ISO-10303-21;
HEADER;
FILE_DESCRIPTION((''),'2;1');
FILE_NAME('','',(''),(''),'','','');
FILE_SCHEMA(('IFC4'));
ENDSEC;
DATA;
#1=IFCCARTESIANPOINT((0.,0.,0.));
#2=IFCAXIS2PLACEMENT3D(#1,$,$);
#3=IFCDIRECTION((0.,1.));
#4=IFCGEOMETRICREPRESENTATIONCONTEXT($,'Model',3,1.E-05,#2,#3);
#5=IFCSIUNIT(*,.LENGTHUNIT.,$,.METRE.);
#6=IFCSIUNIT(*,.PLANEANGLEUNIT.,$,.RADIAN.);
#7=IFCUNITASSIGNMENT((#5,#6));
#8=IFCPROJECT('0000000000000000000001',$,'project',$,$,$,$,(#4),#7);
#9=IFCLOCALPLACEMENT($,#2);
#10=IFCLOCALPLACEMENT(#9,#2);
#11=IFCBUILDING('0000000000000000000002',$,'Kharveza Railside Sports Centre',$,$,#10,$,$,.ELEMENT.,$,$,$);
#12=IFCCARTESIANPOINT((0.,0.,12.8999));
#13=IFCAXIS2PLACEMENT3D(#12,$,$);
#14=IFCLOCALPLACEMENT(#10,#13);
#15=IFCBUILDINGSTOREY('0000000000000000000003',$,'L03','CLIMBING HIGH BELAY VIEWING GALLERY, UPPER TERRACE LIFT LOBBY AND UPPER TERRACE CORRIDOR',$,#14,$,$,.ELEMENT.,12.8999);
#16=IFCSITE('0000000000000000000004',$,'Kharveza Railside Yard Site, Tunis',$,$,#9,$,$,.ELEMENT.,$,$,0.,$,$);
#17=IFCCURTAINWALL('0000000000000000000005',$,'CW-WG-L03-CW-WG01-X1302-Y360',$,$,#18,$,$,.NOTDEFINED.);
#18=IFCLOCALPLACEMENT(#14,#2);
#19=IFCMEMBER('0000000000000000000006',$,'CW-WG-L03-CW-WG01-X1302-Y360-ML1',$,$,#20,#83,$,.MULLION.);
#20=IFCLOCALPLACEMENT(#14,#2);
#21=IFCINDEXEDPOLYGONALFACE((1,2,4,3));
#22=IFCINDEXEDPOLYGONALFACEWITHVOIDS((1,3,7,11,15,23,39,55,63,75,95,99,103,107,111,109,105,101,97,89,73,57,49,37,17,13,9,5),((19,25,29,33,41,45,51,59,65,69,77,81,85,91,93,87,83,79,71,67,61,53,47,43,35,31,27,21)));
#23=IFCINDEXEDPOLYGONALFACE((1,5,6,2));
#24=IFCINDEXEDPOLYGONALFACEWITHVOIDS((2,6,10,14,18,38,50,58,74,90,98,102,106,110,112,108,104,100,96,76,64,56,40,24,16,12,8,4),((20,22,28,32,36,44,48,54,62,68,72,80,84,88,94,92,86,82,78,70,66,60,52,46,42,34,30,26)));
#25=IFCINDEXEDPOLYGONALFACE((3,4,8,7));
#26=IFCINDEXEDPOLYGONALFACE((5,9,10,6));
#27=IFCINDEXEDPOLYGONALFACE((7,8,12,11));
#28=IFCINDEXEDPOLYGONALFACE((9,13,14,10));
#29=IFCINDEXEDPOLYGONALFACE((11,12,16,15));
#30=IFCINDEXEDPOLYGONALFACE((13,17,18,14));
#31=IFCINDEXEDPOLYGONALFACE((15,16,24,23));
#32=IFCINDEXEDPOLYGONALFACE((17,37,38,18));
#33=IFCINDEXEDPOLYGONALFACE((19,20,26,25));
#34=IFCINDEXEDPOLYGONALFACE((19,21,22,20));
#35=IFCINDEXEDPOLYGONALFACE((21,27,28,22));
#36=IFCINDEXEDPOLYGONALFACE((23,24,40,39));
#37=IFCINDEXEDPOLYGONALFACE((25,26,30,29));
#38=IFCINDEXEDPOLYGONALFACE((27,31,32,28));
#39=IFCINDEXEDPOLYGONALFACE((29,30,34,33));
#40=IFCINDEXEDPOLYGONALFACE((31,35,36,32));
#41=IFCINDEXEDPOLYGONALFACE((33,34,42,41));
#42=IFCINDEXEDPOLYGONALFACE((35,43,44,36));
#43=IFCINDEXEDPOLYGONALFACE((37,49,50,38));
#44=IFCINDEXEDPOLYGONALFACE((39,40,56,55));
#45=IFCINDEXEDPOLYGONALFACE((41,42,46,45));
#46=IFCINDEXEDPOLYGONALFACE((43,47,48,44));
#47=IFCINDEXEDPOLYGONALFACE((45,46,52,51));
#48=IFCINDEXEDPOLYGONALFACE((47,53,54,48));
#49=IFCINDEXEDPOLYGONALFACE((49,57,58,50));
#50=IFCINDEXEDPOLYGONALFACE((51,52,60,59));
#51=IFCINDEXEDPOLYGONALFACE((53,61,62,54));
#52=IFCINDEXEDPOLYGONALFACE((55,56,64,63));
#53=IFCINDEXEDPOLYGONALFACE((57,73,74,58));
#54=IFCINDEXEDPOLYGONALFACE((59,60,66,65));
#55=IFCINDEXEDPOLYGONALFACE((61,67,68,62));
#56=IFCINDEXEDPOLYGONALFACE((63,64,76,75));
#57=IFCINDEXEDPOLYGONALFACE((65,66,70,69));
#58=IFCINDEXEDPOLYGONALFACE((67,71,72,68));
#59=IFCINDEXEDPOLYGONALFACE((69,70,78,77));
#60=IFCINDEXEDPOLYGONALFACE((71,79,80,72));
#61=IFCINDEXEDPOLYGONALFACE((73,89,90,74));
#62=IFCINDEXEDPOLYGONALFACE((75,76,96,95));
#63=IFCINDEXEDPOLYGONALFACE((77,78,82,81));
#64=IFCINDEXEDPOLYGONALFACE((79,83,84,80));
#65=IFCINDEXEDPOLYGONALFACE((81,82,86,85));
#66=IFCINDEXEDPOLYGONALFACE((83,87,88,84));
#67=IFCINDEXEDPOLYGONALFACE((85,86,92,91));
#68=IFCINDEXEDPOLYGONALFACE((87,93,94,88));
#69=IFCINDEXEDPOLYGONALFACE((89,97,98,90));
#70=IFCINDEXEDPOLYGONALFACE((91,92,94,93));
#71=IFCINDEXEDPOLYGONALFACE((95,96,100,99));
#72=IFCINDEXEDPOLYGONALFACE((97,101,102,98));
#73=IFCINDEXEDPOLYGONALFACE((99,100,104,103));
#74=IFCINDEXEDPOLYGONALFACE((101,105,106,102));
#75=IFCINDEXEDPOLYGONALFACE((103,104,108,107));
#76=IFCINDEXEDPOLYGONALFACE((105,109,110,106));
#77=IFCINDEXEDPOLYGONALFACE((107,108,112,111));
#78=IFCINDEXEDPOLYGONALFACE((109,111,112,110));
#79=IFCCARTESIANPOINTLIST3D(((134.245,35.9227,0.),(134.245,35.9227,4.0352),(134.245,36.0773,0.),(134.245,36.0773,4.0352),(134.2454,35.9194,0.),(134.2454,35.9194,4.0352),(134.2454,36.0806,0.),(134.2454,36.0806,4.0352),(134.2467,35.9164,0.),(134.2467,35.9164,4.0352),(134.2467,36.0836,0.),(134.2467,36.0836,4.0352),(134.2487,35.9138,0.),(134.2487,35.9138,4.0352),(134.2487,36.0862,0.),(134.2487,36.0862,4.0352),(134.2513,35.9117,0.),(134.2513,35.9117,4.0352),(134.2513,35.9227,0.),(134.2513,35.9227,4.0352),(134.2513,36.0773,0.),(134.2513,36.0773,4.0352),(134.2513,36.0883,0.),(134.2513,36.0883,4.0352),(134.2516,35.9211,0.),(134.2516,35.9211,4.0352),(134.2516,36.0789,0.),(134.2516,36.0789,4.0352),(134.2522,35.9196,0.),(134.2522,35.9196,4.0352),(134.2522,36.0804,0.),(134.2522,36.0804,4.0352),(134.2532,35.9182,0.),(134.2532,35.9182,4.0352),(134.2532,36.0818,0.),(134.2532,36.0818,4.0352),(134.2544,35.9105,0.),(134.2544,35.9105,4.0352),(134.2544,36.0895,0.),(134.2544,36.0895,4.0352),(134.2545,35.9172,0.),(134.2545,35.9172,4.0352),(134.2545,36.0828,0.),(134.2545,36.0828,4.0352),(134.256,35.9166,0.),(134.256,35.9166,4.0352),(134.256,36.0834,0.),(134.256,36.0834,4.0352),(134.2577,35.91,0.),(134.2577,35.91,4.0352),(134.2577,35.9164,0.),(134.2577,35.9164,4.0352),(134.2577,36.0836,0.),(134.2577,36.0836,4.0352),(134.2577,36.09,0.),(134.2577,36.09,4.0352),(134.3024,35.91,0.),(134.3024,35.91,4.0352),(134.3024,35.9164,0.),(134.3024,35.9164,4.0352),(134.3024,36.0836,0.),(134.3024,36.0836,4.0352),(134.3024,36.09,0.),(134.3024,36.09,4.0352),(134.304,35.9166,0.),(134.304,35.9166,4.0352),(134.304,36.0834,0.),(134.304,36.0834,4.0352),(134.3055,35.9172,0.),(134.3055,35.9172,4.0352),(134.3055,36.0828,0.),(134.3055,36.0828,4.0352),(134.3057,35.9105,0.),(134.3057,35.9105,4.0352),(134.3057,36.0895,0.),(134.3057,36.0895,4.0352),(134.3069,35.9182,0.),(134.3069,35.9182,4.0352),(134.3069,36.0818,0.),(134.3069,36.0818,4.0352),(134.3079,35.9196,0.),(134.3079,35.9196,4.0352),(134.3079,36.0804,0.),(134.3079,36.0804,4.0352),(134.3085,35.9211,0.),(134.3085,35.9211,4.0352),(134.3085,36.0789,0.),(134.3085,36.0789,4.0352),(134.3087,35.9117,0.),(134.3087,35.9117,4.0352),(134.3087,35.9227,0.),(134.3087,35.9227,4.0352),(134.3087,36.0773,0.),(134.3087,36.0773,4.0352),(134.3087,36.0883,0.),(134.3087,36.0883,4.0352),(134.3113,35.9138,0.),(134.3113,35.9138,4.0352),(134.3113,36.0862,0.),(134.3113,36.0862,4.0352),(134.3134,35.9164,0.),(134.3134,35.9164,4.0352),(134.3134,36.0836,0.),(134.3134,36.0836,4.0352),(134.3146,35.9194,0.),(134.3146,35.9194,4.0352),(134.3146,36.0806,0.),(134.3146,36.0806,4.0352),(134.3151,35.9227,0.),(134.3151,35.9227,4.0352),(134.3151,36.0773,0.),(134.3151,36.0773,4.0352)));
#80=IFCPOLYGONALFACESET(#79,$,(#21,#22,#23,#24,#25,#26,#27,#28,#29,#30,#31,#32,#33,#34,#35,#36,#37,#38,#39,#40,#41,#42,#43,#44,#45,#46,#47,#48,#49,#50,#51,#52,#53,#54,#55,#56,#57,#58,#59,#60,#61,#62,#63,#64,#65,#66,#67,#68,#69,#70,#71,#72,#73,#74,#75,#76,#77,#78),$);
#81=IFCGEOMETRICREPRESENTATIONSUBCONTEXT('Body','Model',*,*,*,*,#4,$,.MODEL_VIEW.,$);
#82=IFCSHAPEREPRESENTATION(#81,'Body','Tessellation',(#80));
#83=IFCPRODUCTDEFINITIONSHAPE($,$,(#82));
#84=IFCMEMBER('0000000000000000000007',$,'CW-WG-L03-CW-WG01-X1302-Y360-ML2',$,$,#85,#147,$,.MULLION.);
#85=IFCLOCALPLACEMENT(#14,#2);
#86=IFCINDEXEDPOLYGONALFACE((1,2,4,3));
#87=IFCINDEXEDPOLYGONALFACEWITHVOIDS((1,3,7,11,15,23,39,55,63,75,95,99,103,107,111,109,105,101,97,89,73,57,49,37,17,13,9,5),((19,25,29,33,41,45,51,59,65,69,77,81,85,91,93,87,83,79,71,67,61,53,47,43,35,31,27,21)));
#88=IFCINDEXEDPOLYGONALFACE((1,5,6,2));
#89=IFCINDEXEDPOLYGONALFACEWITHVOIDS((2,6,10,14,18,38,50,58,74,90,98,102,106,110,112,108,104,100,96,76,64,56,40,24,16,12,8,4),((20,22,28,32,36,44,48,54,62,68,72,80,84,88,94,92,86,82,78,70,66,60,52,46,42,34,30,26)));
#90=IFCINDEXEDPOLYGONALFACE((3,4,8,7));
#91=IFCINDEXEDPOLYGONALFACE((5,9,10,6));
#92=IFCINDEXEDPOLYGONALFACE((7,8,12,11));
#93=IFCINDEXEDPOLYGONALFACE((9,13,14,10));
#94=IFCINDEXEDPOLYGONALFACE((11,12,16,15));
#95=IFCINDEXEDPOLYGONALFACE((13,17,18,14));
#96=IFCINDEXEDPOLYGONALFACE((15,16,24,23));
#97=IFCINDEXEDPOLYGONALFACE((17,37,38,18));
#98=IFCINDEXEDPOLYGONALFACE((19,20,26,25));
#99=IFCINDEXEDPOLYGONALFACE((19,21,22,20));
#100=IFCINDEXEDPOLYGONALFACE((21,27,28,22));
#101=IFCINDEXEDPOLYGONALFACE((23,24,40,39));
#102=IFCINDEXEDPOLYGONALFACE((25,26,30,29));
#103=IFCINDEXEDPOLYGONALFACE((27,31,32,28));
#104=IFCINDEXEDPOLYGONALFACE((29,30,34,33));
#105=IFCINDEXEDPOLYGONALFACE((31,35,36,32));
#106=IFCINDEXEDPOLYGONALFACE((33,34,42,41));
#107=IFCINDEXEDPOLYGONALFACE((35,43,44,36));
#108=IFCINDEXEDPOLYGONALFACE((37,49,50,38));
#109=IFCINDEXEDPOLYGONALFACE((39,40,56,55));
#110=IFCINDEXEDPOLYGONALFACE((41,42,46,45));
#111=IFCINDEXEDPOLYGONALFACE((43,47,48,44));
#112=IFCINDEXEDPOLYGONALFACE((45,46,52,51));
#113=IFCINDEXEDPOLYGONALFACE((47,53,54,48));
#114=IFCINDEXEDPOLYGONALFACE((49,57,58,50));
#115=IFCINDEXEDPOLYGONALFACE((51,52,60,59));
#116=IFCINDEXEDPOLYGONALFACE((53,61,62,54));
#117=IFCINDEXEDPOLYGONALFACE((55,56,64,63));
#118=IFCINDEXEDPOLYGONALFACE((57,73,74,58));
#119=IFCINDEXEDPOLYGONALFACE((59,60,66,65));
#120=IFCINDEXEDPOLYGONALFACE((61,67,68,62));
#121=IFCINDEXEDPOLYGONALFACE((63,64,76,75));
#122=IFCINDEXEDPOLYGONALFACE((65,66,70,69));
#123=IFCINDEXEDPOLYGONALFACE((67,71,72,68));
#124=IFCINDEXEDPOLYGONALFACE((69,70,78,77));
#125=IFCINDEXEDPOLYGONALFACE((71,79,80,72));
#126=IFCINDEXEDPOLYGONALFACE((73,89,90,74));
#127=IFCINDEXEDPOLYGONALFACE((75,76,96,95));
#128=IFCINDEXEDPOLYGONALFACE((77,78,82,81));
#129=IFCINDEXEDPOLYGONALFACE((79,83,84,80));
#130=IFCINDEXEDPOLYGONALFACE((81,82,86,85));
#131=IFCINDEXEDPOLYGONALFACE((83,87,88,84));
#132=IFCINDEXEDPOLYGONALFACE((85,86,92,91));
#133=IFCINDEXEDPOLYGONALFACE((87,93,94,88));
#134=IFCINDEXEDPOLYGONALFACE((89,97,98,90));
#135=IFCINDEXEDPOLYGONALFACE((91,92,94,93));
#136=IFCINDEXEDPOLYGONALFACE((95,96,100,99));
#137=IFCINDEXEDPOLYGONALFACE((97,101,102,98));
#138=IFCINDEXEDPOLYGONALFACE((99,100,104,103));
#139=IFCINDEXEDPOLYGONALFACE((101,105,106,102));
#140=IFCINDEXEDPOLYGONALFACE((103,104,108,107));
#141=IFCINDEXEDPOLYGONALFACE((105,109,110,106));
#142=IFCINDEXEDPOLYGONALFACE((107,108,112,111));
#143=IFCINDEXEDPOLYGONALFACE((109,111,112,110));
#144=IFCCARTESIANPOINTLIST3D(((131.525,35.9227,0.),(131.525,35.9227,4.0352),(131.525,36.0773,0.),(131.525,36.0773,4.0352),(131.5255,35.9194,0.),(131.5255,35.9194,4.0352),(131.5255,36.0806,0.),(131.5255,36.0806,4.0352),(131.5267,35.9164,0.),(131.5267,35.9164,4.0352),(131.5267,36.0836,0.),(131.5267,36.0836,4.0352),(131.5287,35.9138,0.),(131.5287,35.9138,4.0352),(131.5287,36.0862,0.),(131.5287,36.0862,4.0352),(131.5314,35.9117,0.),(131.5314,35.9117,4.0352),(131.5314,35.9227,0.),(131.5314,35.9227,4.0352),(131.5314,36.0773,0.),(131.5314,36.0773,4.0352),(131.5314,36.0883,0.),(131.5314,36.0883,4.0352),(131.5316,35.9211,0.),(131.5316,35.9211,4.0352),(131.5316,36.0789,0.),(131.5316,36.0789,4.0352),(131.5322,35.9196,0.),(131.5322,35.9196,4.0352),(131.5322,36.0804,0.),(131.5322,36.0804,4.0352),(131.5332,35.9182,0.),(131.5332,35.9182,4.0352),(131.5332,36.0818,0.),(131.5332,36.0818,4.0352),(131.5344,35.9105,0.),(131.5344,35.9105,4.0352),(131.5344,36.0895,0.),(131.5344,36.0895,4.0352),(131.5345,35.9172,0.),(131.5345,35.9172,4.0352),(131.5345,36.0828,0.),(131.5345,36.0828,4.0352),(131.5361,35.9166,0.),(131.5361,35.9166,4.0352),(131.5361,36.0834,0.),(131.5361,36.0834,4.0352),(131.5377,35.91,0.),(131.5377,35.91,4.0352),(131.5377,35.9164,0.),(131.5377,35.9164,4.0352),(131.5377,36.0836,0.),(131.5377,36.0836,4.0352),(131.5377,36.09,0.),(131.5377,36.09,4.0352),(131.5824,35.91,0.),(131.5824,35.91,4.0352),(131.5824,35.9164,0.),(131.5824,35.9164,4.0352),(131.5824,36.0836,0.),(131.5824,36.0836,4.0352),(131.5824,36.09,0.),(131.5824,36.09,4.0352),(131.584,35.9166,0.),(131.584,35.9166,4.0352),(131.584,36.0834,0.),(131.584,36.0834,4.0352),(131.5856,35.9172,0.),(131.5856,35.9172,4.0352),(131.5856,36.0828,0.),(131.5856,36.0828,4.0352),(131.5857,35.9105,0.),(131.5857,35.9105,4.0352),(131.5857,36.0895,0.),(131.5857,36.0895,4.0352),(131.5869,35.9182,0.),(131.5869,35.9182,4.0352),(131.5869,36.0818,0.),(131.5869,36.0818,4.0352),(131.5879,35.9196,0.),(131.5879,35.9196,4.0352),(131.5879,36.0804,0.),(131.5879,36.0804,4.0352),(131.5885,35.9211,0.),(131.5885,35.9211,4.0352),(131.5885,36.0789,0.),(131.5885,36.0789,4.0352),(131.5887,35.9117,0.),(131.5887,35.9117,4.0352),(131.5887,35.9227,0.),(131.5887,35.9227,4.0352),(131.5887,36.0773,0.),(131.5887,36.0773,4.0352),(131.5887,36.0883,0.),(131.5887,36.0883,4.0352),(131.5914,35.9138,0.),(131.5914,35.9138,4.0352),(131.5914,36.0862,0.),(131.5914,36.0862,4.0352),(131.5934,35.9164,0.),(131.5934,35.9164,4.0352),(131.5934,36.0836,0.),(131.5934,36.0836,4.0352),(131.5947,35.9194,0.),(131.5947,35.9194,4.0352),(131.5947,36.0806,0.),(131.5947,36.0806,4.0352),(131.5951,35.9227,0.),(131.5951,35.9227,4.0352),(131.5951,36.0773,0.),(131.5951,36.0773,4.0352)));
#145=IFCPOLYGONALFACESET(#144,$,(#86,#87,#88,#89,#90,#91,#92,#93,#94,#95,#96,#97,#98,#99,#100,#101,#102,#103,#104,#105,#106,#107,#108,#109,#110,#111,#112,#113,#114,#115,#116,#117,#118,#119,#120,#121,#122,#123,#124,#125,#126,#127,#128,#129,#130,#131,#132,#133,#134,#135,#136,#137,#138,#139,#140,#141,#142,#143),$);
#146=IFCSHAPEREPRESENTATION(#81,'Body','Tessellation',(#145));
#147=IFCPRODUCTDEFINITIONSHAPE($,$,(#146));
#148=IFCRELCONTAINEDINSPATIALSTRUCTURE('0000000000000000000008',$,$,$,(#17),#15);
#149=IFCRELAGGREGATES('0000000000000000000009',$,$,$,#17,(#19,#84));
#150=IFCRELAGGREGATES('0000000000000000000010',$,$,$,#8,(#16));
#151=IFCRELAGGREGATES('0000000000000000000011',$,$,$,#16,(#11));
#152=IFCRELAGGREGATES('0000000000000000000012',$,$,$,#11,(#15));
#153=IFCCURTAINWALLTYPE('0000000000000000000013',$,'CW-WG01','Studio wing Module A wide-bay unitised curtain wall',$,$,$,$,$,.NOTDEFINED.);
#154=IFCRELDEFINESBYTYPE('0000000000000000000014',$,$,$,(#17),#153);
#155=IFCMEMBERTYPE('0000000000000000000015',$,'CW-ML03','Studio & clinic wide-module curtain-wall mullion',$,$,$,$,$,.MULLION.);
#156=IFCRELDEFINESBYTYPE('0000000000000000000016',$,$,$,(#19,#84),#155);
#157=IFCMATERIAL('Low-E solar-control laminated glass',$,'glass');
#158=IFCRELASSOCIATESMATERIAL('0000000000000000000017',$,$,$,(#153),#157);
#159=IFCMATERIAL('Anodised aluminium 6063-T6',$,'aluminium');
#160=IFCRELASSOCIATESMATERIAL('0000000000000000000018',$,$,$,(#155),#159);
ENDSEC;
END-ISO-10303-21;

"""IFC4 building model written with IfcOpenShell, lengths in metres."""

from ifc_helpers import new_model, si_unit, direction, frame, origin, origin_2d, place, context, subcontext, project, spatial, hollow_rectangle, extrude, material, material_profile, profile_set, type_object, element, aggregate, save


model = new_model("IFC4")

# Units and contexts
model_context = context("Model", 3, precision=1e-05, world=origin(), true_north=direction((0.0, 1.0)))
body_context = subcontext(model_context, "Body", "Model", "MODEL_VIEW")
ifc_project = project(units=[si_unit("LENGTHUNIT", "METRE"), si_unit("PLANEANGLEUNIT", "RADIAN")], contexts=[model_context])

# Site, building, storey
site_placement = place(None, origin())
site = spatial("IfcSite", under=ifc_project, at=site_placement, Name="Kharveza Railside Yard Site, Tunis", CompositionType="ELEMENT", RefElevation=0.0)
building_placement = place(site_placement, origin())
building = spatial("IfcBuilding", under=site, at=building_placement, Name="Kharveza Railside Sports Centre", CompositionType="ELEMENT")
storey_placement = place(building_placement, frame((0.0, 0.0, 12.8999)))
storey = spatial("IfcBuildingStorey", under=building, at=storey_placement, Name="L03", Description="CLIMBING HIGH BELAY VIEWING GALLERY, UPPER TERRACE LIFT LOBBY AND UPPER TERRACE CORRIDOR", CompositionType="ELEMENT", Elevation=12.8999)

# Curtain wall, members
ifc_material_1 = material(Name="Low-E solar-control laminated glass", Category="glass")
curtain_wall_type_1 = type_object("IfcCurtainWallType", Name="CW-WG01", Description="Studio wing Module A wide-bay unitised curtain wall", PredefinedType="NOTDEFINED", material=ifc_material_1)
curtain_wall_1_placement = place(storey_placement, origin())
curtain_wall_1 = element("IfcCurtainWall", 1, at=curtain_wall_1_placement, inside=storey, type_object=curtain_wall_type_1, Name="CW-WG-L03-CW-WG01-X1302-Y360", PredefinedType="NOTDEFINED")
ifc_material_2 = material(Name="Anodised aluminium 6063-T6", Category="aluminium")
ifc_material_profile_1 = material_profile(ifc_material_2, hollow_rectangle(XDim=0.0701, YDim=0.1799, WallThickness=0.0063, InnerFilletRadius=0.0063, OuterFilletRadius=0.0127, at=origin_2d()), Name="RHS 70x180x6.3")
ifc_profile_set_1 = profile_set([ifc_material_profile_1], Name="Anodised aluminium 6063-T6")
member_type_1 = type_object("IfcMemberType", Name="CW-ML03", Description="Studio & clinic wide-module curtain-wall mullion", PredefinedType="MULLION", material=ifc_profile_set_1)
member_1_placement = place(storey_placement, frame((134.28, 36.0, 0.0), z_axis=(0.0, 0.0, 1.0), x_axis=(1.0, 0.0, 0.0)))
member_1 = element("IfcMember", 2, at=member_1_placement, type_object=member_type_1, Name="CW-WG-L03-CW-WG01-X1302-Y360-ML1", PredefinedType="MULLION", context=body_context, shape_type="SweptSolid", body=[
    extrude(hollow_rectangle(XDim=0.0701, YDim=0.1799, WallThickness=0.0063, InnerFilletRadius=0.0063, OuterFilletRadius=0.0127, at=origin_2d()), origin(), (0.0, 0.0, 1.0), 4.0352),
])
member_2_placement = place(storey_placement, frame((131.5601, 36.0, 0.0), z_axis=(0.0, 0.0, 1.0), x_axis=(1.0, 0.0, 0.0)))
member_2 = element("IfcMember", 3, at=member_2_placement, type_object=member_type_1, Name="CW-WG-L03-CW-WG01-X1302-Y360-ML2", PredefinedType="MULLION", context=body_context, shape_type="SweptSolid", body=[
    extrude(hollow_rectangle(XDim=0.0701, YDim=0.1799, WallThickness=0.0063, InnerFilletRadius=0.0063, OuterFilletRadius=0.0127, at=origin_2d()), origin(), (0.0, 0.0, 1.0), 4.0352),
])

aggregate(curtain_wall_1, [member_1, member_2])

save(model, "model.ifc")
